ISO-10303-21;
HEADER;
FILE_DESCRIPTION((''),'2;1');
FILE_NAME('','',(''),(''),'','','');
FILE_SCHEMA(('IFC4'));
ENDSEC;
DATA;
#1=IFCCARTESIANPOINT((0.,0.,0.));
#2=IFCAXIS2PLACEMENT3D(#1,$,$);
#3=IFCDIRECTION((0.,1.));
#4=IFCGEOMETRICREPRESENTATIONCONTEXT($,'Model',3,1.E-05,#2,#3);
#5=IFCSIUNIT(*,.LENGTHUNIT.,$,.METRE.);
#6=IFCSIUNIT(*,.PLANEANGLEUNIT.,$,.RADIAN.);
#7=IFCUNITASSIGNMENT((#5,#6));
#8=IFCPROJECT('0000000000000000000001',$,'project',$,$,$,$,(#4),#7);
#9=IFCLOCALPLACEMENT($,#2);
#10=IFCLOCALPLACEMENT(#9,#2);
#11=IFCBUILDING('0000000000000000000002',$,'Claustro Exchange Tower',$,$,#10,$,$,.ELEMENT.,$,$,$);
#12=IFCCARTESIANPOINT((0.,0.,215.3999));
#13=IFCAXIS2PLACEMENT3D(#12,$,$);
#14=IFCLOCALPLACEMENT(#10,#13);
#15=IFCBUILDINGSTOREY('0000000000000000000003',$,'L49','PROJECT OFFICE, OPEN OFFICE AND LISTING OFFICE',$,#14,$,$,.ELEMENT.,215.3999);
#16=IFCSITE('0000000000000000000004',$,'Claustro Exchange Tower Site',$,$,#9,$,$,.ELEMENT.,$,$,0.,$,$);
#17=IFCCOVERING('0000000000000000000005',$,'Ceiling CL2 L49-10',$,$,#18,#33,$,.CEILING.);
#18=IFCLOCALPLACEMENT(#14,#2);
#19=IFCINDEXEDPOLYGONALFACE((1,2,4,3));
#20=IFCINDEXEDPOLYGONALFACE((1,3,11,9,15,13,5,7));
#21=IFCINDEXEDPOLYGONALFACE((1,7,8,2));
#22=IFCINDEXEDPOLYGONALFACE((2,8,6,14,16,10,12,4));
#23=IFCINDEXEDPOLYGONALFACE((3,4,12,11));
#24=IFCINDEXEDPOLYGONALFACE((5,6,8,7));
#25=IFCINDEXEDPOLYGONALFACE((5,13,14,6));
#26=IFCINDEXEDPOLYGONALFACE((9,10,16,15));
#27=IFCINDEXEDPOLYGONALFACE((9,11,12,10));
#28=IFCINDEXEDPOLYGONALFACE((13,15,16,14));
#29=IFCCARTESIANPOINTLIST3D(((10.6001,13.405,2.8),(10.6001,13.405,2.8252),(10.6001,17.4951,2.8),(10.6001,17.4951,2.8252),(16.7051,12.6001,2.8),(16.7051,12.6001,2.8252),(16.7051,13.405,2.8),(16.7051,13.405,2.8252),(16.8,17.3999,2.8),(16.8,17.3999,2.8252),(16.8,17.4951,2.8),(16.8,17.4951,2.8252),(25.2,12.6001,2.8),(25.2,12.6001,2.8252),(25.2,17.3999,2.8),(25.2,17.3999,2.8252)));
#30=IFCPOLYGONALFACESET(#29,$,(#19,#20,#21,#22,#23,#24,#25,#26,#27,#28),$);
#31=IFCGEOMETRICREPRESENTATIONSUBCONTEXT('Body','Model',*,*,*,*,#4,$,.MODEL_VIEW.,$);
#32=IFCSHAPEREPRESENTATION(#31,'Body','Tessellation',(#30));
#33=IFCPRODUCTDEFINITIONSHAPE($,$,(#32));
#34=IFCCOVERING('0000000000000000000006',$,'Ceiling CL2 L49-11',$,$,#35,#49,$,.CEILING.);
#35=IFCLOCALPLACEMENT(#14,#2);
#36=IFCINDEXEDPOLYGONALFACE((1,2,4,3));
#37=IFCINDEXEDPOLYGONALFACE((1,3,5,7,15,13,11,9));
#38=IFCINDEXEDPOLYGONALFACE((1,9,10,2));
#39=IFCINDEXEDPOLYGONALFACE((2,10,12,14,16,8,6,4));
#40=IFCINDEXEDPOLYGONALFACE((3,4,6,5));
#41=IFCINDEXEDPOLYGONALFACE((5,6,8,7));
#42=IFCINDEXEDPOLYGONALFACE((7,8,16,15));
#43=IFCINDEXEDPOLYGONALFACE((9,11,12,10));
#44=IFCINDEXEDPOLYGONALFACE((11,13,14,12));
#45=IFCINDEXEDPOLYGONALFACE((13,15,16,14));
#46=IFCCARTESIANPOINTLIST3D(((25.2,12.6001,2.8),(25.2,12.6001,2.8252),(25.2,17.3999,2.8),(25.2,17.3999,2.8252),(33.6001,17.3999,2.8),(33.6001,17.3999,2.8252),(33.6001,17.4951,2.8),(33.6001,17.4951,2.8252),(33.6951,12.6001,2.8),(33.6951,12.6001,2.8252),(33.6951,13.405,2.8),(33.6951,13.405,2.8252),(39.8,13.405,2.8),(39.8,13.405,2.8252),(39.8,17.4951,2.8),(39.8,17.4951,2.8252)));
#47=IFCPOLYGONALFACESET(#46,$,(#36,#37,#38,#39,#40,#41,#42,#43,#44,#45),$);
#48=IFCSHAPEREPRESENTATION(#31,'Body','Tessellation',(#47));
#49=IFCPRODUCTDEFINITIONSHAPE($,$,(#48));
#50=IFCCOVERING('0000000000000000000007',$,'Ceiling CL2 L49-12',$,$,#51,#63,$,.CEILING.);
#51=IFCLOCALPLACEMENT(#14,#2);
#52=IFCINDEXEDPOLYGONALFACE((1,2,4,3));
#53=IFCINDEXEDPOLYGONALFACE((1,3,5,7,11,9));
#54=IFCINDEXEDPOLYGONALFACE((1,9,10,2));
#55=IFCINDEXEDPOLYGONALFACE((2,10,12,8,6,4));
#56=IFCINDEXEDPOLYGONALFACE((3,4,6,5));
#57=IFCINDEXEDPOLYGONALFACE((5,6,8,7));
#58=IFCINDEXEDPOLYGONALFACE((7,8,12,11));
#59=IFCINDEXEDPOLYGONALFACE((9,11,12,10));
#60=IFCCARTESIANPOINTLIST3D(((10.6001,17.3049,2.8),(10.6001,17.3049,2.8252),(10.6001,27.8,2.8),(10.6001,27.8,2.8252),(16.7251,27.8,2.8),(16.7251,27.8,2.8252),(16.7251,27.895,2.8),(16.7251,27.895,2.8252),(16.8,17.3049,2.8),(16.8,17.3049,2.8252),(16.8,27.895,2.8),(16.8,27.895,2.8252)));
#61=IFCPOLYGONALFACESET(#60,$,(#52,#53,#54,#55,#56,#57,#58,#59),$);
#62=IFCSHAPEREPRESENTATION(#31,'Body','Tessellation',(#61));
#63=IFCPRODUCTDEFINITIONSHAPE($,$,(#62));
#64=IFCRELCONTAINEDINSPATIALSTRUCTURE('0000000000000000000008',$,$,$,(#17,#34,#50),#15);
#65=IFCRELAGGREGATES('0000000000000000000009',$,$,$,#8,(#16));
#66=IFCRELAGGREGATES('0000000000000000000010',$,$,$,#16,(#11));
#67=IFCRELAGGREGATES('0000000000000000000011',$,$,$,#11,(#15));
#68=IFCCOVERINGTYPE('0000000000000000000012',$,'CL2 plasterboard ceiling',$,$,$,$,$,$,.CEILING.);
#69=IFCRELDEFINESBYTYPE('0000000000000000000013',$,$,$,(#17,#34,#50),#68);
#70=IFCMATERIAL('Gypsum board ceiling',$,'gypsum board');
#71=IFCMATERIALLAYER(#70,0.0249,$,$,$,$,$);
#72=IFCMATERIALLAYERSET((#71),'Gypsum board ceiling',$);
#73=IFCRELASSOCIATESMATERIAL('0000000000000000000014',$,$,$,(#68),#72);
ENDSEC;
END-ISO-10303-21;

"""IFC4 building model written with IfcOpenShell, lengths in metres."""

from ifc_helpers import new_model, si_unit, direction, frame, origin, place, context, subcontext, project, spatial, polyline, outline, extrude, material, layer, layer_set, type_object, element, save


model = new_model("IFC4")

# Units and contexts
model_context = context("Model", 3, precision=1e-05, world=origin(), true_north=direction((0.0, 1.0)))
body_context = subcontext(model_context, "Body", "Model", "MODEL_VIEW")
ifc_project = project(units=[si_unit("LENGTHUNIT", "METRE"), si_unit("PLANEANGLEUNIT", "RADIAN")], contexts=[model_context])

# Site, building, storey
site_placement = place(None, origin())
site = spatial("IfcSite", under=ifc_project, at=site_placement, Name="Claustro Exchange Tower Site", CompositionType="ELEMENT", RefElevation=0.0)
building_placement = place(site_placement, origin())
building = spatial("IfcBuilding", under=site, at=building_placement, Name="Claustro Exchange Tower", CompositionType="ELEMENT")
storey_placement = place(building_placement, frame((0.0, 0.0, 215.3999)))
storey = spatial("IfcBuildingStorey", under=building, at=storey_placement, Name="L49", Description="PROJECT OFFICE, OPEN OFFICE AND LISTING OFFICE", CompositionType="ELEMENT", Elevation=215.3999)

# Coverings
ifc_material_1 = material(Name="Gypsum board ceiling", Category="gypsum board")
ifc_layer_1 = layer(ifc_material_1, 0.0249)
ifc_layer_set_1 = layer_set([ifc_layer_1], Name="Gypsum board ceiling")
covering_type_1 = type_object("IfcCoveringType", Name="CL2 plasterboard ceiling", PredefinedType="CEILING", material=ifc_layer_set_1)
covering_1_placement = place(storey_placement, frame((0.0, 0.0, 2.8)))
element("IfcCovering", 1, at=covering_1_placement, inside=storey, type_object=covering_type_1, Name="Ceiling CL2 L49-10", PredefinedType="CEILING", context=body_context, shape_type="SweptSolid", body=[
    extrude(outline(polyline([(25.2, 17.3999), (16.8, 17.3999), (16.8, 17.4951), (10.6001, 17.4951), (10.6001, 13.405), (16.7051, 13.405), (16.7051, 12.6001), (25.2, 12.6001), (25.2, 17.3999)])), origin(), (0.0, 0.0, 1.0), 0.0251),
])
covering_2_placement = place(storey_placement, frame((0.0, 0.0, 2.8)))
element("IfcCovering", 2, at=covering_2_placement, inside=storey, type_object=covering_type_1, Name="Ceiling CL2 L49-11", PredefinedType="CEILING", context=body_context, shape_type="SweptSolid", body=[
    extrude(outline(polyline([(39.8, 13.405), (39.8, 17.4951), (33.6001, 17.4951), (33.6001, 17.3999), (25.2, 17.3999), (25.2, 12.6001), (33.6951, 12.6001), (33.6951, 13.405), (39.8, 13.405)])), origin(), (0.0, 0.0, 1.0), 0.0251),
])
covering_3_placement = place(storey_placement, frame((0.0, 0.0, 2.8)))
element("IfcCovering", 3, at=covering_3_placement, inside=storey, type_object=covering_type_1, Name="Ceiling CL2 L49-12", PredefinedType="CEILING", context=body_context, shape_type="SweptSolid", body=[
    extrude(outline(polyline([(10.6001, 27.8), (10.6001, 17.3049), (16.8, 17.3049), (16.8, 27.895), (16.7251, 27.895), (16.7251, 27.8), (10.6001, 27.8)])), origin(), (0.0, 0.0, 1.0), 0.0251),
])

save(model, "model.ifc")
